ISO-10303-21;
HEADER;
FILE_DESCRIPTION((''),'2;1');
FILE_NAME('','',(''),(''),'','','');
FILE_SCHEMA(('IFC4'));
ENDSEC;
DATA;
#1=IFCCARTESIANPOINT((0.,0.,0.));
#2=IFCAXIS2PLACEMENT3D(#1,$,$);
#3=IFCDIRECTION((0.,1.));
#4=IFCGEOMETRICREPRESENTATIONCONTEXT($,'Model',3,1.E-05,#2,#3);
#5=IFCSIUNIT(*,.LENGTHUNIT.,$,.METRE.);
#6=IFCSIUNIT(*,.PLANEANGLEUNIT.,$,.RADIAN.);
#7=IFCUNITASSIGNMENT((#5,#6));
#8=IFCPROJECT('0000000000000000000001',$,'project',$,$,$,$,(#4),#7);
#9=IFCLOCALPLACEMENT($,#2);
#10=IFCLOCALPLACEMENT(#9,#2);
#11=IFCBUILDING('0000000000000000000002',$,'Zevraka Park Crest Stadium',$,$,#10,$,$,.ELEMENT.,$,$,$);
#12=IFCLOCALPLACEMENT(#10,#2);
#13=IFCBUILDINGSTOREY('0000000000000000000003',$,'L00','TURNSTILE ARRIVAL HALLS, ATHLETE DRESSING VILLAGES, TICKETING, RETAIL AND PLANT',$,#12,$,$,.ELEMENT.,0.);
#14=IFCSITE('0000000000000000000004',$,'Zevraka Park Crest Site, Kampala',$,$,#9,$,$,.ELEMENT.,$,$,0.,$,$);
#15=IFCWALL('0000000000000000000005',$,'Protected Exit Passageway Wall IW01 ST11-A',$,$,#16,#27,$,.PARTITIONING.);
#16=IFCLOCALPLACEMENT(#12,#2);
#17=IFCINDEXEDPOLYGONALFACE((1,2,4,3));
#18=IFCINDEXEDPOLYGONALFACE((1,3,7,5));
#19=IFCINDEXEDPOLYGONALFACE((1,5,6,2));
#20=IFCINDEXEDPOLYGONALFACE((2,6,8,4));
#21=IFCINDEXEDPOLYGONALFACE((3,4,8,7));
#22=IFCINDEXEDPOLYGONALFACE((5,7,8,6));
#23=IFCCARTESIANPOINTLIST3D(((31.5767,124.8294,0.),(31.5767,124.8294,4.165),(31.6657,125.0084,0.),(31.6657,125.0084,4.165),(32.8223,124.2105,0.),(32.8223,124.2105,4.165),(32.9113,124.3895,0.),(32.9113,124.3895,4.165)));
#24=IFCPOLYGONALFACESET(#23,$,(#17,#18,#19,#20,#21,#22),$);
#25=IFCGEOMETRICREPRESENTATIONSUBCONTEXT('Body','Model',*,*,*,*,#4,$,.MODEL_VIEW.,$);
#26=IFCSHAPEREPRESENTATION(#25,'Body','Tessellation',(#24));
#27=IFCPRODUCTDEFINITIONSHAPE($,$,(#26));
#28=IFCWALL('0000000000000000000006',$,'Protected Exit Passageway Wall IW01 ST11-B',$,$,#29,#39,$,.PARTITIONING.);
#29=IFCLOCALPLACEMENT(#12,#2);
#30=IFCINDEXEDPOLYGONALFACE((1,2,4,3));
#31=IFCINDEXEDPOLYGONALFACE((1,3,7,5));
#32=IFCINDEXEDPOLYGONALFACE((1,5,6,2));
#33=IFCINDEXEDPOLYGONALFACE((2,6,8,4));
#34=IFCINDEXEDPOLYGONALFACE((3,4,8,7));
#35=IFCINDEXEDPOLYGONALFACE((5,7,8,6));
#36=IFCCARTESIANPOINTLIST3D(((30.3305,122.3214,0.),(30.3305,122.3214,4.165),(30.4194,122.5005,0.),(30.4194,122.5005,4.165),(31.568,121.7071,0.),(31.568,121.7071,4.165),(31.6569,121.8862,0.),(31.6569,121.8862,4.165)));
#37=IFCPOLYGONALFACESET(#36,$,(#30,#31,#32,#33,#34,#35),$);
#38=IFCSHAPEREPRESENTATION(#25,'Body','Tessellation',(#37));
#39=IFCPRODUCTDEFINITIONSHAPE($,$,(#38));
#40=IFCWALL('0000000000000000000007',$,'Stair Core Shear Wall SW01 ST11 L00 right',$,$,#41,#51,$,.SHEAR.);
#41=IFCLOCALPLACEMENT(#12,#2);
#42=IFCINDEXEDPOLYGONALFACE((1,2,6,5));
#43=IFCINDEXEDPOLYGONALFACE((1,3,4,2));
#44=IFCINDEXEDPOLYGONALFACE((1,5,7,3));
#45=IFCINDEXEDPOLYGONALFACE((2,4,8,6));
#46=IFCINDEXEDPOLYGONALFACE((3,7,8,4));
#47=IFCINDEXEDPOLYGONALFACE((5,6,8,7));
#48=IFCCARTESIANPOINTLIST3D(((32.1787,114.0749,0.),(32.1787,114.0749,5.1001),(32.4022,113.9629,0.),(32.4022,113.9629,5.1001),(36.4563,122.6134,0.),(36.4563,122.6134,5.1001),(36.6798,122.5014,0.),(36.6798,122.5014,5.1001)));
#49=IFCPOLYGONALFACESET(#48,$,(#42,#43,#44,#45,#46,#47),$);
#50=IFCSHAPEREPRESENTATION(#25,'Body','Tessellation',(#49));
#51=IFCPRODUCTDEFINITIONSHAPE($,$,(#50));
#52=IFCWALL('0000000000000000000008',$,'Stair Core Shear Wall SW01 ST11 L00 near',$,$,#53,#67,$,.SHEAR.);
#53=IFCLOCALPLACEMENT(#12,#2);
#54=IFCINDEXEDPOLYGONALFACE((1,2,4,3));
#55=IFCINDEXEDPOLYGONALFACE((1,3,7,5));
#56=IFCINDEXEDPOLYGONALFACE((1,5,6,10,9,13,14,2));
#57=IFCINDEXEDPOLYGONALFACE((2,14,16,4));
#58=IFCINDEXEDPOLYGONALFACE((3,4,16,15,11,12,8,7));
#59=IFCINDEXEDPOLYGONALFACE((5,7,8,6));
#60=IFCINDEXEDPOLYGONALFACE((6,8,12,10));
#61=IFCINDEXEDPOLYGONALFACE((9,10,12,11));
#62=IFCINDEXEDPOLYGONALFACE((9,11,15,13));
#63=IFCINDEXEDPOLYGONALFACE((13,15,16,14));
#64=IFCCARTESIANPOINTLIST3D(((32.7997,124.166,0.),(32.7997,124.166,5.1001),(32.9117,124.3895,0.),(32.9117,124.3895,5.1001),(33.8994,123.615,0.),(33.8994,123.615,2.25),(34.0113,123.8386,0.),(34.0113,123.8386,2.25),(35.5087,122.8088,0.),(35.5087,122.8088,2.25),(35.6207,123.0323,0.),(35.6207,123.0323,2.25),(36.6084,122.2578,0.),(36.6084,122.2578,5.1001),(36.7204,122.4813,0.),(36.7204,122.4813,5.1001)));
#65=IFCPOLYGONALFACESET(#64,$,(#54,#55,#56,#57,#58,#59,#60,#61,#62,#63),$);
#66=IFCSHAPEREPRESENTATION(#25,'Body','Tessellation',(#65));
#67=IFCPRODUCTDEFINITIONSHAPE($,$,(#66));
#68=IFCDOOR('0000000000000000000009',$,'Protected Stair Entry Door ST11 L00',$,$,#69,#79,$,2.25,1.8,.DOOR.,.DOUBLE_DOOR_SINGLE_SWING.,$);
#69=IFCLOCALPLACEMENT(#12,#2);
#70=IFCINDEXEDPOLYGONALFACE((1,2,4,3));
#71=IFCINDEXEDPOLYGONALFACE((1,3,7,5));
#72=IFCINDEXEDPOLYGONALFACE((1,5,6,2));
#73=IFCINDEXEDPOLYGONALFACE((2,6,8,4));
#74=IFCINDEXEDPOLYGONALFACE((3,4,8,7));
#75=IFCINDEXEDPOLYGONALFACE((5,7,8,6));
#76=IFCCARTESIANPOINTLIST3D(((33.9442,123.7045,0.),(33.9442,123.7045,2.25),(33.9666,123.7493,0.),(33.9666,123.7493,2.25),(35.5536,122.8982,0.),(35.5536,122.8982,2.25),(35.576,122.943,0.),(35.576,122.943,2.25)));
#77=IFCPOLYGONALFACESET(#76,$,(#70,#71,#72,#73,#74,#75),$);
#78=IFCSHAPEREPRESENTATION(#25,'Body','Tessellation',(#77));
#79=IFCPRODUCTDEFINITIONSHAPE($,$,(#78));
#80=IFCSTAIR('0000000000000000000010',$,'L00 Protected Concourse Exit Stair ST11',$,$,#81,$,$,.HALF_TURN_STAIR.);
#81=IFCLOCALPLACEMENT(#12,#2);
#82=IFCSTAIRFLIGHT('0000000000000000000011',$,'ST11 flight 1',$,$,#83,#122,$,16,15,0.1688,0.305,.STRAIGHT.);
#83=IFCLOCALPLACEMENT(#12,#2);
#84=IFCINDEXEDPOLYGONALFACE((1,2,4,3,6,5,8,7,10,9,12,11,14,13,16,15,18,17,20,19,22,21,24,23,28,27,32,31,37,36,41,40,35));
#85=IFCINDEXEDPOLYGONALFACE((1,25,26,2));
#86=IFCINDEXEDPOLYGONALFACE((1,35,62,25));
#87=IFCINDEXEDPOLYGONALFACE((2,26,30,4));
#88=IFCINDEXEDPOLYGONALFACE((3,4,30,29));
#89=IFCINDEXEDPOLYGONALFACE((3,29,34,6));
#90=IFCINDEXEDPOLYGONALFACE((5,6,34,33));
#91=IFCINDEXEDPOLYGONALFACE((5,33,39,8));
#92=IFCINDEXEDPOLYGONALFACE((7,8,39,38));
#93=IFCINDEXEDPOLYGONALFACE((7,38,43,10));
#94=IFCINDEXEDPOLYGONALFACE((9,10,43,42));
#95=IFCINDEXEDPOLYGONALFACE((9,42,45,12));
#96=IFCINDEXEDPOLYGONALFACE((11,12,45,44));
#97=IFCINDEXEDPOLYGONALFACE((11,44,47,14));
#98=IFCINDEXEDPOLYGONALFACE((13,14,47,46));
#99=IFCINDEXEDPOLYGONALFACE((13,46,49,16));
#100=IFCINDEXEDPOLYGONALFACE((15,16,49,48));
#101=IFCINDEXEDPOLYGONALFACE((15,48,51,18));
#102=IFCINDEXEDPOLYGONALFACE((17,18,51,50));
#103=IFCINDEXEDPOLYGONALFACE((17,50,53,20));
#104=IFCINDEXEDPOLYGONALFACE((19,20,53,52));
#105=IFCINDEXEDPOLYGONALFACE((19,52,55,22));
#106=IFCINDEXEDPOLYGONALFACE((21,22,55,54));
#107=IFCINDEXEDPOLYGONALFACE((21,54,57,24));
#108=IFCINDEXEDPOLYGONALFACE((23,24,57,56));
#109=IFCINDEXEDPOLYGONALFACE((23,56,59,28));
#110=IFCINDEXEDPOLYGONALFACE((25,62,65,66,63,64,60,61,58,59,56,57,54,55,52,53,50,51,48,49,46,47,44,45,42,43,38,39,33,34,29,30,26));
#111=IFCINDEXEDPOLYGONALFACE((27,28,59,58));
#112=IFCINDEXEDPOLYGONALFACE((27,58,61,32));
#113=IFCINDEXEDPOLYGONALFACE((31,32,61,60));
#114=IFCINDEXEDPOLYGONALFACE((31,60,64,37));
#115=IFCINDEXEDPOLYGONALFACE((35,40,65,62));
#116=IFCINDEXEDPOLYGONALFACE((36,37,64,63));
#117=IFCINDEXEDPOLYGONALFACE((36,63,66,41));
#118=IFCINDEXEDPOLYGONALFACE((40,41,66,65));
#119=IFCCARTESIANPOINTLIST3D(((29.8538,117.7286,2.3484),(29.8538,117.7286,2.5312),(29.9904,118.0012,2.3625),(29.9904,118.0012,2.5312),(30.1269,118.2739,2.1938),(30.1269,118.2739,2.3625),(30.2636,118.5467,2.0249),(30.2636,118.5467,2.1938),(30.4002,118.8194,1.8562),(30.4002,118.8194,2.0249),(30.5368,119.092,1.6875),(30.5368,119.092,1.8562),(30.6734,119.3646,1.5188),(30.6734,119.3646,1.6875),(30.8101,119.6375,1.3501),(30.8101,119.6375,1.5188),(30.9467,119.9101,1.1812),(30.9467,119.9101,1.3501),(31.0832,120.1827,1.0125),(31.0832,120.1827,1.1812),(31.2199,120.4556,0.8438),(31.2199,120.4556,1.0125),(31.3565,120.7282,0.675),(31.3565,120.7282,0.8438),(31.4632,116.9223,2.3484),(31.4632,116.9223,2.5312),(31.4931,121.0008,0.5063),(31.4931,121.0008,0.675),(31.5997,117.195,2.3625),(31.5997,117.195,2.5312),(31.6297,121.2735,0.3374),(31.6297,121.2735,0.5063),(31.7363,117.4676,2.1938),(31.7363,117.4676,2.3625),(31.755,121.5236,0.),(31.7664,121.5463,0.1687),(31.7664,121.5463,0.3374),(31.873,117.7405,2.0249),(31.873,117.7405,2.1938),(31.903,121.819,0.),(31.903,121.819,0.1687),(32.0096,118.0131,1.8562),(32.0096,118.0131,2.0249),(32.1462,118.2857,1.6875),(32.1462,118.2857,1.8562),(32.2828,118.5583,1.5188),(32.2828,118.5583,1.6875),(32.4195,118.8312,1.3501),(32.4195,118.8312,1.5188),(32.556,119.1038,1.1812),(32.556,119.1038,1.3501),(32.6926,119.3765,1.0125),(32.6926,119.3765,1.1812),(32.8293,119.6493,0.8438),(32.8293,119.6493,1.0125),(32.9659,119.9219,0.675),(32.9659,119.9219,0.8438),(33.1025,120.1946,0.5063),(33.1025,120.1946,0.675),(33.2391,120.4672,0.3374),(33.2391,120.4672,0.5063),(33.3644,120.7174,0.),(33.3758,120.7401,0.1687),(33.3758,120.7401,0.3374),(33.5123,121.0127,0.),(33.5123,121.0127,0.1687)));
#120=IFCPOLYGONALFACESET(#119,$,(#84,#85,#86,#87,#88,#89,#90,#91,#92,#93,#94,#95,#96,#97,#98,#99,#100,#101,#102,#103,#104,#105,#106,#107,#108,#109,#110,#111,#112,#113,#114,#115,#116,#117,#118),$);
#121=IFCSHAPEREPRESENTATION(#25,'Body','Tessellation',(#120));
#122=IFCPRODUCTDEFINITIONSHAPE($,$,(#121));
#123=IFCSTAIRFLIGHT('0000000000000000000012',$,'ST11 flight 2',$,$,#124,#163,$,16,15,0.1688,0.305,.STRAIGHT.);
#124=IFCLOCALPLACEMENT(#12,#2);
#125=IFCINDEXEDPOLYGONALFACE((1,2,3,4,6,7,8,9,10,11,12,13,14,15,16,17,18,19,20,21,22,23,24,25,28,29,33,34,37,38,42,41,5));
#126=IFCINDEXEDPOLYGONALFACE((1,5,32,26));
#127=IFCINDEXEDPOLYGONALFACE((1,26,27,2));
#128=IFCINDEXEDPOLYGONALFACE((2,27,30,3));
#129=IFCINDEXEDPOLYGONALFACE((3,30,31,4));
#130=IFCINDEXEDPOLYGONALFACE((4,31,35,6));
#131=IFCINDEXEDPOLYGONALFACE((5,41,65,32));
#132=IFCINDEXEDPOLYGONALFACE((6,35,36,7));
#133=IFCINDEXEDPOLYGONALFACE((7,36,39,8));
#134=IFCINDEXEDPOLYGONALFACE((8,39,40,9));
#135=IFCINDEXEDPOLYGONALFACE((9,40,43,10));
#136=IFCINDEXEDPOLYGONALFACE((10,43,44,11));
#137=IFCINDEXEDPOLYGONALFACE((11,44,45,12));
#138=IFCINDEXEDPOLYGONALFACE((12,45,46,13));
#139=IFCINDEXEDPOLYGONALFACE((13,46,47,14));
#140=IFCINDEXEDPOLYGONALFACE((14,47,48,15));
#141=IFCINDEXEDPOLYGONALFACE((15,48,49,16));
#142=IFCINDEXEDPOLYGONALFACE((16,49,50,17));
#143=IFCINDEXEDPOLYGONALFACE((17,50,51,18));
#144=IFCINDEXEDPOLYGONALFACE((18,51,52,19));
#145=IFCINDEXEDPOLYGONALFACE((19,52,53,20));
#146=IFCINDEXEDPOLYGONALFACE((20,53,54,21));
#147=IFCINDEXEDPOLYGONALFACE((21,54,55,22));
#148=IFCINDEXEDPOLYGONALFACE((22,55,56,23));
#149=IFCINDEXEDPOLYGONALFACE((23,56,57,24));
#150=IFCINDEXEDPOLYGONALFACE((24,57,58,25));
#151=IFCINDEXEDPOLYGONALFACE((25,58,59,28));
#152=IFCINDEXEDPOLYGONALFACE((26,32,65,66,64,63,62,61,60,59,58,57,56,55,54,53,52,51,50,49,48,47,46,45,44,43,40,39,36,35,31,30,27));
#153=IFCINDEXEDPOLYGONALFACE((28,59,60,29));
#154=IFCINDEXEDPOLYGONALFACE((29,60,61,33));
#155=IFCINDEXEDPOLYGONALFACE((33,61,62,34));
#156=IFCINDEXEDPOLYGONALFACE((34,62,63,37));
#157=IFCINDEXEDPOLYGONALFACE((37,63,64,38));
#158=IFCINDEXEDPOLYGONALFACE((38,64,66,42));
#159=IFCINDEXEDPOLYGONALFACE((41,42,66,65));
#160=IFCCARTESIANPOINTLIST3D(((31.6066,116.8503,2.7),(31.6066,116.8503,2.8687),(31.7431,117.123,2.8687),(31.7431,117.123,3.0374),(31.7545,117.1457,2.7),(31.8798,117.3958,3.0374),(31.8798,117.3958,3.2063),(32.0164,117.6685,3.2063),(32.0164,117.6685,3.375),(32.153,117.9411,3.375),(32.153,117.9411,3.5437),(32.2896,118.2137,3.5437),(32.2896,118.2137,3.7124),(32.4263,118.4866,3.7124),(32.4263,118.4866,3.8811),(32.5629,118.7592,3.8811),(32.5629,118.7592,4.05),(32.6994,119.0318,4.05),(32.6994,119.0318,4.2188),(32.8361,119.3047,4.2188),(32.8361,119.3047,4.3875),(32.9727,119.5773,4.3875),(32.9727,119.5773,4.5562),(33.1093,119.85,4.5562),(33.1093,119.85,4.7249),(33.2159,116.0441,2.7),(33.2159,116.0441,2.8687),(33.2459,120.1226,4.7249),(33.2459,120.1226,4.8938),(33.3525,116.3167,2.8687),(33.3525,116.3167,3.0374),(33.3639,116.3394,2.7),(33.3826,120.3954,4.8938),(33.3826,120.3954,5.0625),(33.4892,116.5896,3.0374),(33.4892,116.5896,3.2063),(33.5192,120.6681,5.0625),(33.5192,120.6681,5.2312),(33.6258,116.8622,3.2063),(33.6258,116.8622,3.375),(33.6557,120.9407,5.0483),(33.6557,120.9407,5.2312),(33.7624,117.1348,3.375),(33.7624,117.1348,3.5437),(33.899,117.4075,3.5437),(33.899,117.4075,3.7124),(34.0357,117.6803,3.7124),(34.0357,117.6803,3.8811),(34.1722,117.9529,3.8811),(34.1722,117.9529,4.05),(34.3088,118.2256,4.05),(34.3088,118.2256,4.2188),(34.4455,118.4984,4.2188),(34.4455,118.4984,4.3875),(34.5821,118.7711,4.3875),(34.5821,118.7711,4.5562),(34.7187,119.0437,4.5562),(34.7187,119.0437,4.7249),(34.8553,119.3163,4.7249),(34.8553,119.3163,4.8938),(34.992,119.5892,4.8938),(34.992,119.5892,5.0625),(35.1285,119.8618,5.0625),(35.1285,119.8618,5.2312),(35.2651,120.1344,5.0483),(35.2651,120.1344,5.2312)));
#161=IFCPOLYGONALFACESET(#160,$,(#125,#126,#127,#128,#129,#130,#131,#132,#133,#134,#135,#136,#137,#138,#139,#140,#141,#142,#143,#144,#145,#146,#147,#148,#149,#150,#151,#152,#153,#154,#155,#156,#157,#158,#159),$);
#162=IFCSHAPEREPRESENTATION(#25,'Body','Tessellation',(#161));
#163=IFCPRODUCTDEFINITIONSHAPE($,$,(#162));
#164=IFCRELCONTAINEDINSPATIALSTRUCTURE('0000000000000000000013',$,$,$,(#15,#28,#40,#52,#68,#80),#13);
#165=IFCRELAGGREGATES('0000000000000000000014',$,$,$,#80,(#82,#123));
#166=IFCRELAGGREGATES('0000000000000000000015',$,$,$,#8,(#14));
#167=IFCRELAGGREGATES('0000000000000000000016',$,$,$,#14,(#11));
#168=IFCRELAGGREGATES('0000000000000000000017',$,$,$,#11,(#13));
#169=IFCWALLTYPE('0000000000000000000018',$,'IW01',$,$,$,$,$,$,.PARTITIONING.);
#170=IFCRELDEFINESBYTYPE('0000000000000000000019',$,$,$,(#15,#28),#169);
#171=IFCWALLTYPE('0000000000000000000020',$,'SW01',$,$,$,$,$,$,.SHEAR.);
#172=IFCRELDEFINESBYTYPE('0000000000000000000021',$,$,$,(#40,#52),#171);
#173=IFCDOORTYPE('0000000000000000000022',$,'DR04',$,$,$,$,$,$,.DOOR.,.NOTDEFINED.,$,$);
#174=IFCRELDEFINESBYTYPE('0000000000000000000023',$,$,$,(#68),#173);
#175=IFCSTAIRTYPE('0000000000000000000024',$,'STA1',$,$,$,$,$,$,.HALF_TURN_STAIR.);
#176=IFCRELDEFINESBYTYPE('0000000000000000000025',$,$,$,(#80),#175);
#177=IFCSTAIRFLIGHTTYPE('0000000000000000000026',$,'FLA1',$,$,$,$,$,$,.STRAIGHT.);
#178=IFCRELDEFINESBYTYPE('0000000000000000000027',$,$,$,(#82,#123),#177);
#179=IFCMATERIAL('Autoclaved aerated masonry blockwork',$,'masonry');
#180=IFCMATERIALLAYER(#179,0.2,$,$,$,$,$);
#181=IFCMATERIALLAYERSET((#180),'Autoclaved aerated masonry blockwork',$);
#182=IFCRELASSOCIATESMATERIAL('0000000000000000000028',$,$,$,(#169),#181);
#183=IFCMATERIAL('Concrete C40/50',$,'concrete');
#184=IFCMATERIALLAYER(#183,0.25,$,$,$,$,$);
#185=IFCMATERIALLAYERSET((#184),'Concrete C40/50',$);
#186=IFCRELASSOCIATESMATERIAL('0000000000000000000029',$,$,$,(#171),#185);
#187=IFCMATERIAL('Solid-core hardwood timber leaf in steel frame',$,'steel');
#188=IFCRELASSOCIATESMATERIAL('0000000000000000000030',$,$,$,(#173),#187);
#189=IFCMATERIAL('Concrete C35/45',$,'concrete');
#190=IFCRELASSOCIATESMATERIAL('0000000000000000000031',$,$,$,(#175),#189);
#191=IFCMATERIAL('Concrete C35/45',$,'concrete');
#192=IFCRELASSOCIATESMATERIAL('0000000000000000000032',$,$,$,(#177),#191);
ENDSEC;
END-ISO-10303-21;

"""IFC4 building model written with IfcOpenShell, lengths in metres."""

from ifc_helpers import new_model, si_unit, direction, frame, frame_2d, origin, place, context, subcontext, project, spatial, polyline, rectangle, outline, extrude, material, layer, layer_set, type_object, element, fill, aggregate, save


model = new_model("IFC4")

# Units and contexts
model_context = context("Model", 3, precision=1e-05, world=origin(), true_north=direction((0.0, 1.0)))
body_context = subcontext(model_context, "Body", "Model", "MODEL_VIEW")
ifc_project = project(units=[si_unit("LENGTHUNIT", "METRE"), si_unit("PLANEANGLEUNIT", "RADIAN")], contexts=[model_context])

# Site, building, storey
site_placement = place(None, origin())
site = spatial("IfcSite", under=ifc_project, at=site_placement, Name="Zevraka Park Crest Site, Kampala", CompositionType="ELEMENT", RefElevation=0.0)
building_placement = place(site_placement, origin())
building = spatial("IfcBuilding", under=site, at=building_placement, Name="Zevraka Park Crest Stadium", CompositionType="ELEMENT")
storey_placement = place(building_placement, origin())
storey = spatial("IfcBuildingStorey", under=building, at=storey_placement, Name="L00", Description="TURNSTILE ARRIVAL HALLS, ATHLETE DRESSING VILLAGES, TICKETING, RETAIL AND PLANT", CompositionType="ELEMENT", Elevation=0.0)

# Walls
ifc_material_1 = material(Name="Autoclaved aerated masonry blockwork", Category="masonry")
ifc_layer_1 = layer(ifc_material_1, 0.2)
ifc_layer_set_1 = layer_set([ifc_layer_1], Name="Autoclaved aerated masonry blockwork")
wall_type_1 = type_object("IfcWallType", Name="IW01", PredefinedType="PARTITIONING", material=ifc_layer_set_1)
wall_1_placement = place(storey_placement, frame((32.8667, 124.3, 0.0), z_axis=(0.0, 0.0, 1.0), x_axis=(-0.895548, 0.444965, 0.0)))
element("IfcWall", 1, at=wall_1_placement, inside=storey, type_object=wall_type_1, Name="Protected Exit Passageway Wall IW01 ST11-A", PredefinedType="PARTITIONING", context=body_context, shape_type="SweptSolid", body=[
    extrude(rectangle(XDim=1.3909, YDim=0.2, at=frame_2d((0.6953, 0.0))), origin(), (0.0, 0.0, 1.0), 4.165),
])
wall_2_placement = place(storey_placement, frame((31.6125, 121.7966, 0.0), z_axis=(0.0, 0.0, 1.0), x_axis=(-0.895731, 0.444596, 0.0)))
element("IfcWall", 2, at=wall_2_placement, inside=storey, type_object=wall_type_1, Name="Protected Exit Passageway Wall IW01 ST11-B", PredefinedType="PARTITIONING", context=body_context, shape_type="SweptSolid", body=[
    extrude(rectangle(XDim=1.3816, YDim=0.2, at=frame_2d((0.6909, 0.0))), origin(), (0.0, 0.0, 1.0), 4.165),
])
ifc_material_2 = material(Name="Concrete C40/50", Category="concrete")
ifc_layer_2 = layer(ifc_material_2, 0.25)
ifc_layer_set_2 = layer_set([ifc_layer_2], Name="Concrete C40/50")
wall_type_2 = type_object("IfcWallType", Name="SW01", PredefinedType="SHEAR", material=ifc_layer_set_2)
wall_3_placement = place(storey_placement, frame((32.2905, 114.019, 0.0), z_axis=(0.0, 0.0, 1.0), x_axis=(0.447909, 0.894079, 0.0)))
element("IfcWall", 3, at=wall_3_placement, inside=storey, type_object=wall_type_2, Name="Stair Core Shear Wall SW01 ST11 L00 right", PredefinedType="SHEAR", context=body_context, shape_type="SweptSolid", body=[
    extrude(rectangle(XDim=9.55, YDim=0.25, at=frame_2d((4.7749, 0.0))), origin(), (0.0, 0.0, 1.0), 5.1001),
])

# Wall, opening, door
wall_4_placement = place(storey_placement, frame((36.6643, 122.3696, 0.0), z_axis=(0.0, 0.0, 1.0), x_axis=(-0.894072, 0.447924, 0.0)))
wall_4 = element("IfcWall", 4, at=wall_4_placement, inside=storey, type_object=wall_type_2, Name="Stair Core Shear Wall SW01 ST11 L00 near", PredefinedType="SHEAR", context=body_context, shape_type="SweptSolid", body=[
    extrude(rectangle(XDim=4.26, YDim=0.25, at=frame_2d((2.1299, 0.0))), origin(), (0.0, 0.0, 1.0), 5.1001),
])
opening_placement = place(wall_4_placement, frame((1.23, 0.0, 0.0)))
opening = element("IfcOpeningElement", 5, at=opening_placement, cuts=wall_4, PredefinedType="OPENING", context=body_context, shape_type="SweptSolid", body=[
    extrude(rectangle(XDim=1.8, YDim=2.25, at=frame_2d((0.8999, 1.125))), frame((0.0, 0.135, 0.0), z_axis=(0.0, -1.0, 0.0), x_axis=(1.0, 0.0, 0.0)), (0.0, 0.0, 1.0), 0.27),
])
ifc_material_3 = material(Name="Solid-core hardwood timber leaf in steel frame", Category="steel")
door_type = type_object("IfcDoorType", Name="DR04", OperationType="NOTDEFINED", PredefinedType="DOOR", material=ifc_material_3)
door_placement = place(opening_placement, origin())
door = element("IfcDoor", 6, at=door_placement, inside=storey, type_object=door_type, Name="Protected Stair Entry Door ST11 L00", OperationType="DOUBLE_DOOR_SINGLE_SWING", OverallHeight=2.25, OverallWidth=1.8, PredefinedType="DOOR", context=body_context, shape_type="SweptSolid", body=[
    extrude(rectangle(XDim=1.8, YDim=2.25, at=frame_2d((0.8999, 1.125))), frame((0.0, 0.0249, 0.0), z_axis=(0.0, -1.0, 0.0), x_axis=(1.0, 0.0, 0.0)), (0.0, 0.0, 1.0), 0.05),
])
fill(opening, door)

# Stair, stair flights
ifc_material_4 = material(Name="Concrete C35/45", Category="concrete")
stair_type = type_object("IfcStairType", Name="STA1", PredefinedType="HALF_TURN_STAIR", material=ifc_material_4)
stair_placement = place(storey_placement, origin())
stair = element("IfcStair", 7, at=stair_placement, inside=storey, type_object=stair_type, Name="L00 Protected Concourse Exit Stair ST11", PredefinedType="HALF_TURN_STAIR")
ifc_material_5 = material(Name="Concrete C35/45", Category="concrete")
stair_flight_type = type_object("IfcStairFlightType", Name="FLA1", PredefinedType="STRAIGHT", material=ifc_material_5)
stair_flight_1_placement = place(storey_placement, frame((32.7078, 121.4158, 0.0), z_axis=(0.0, 0.0, 1.0), x_axis=(-0.447915, -0.894076, 0.0)))
stair_flight_1 = element("IfcStairFlight", 8, at=stair_flight_1_placement, type_object=stair_flight_type, Name="ST11 flight 1", NumberOfRisers=16, NumberOfTreads=15, PredefinedType="STRAIGHT", RiserHeight=0.1688, TreadLength=0.305, context=body_context, shape_type="SweptSolid", body=[
    extrude(outline(polyline([(0.0, 0.0), (0.0, 0.1687), (0.3049, 0.1687), (0.3049, 0.3374), (0.6101, 0.3374), (0.6101, 0.5063), (0.915, 0.5063), (0.915, 0.675), (1.22, 0.675), (1.22, 0.8438), (1.5249, 0.8438), (1.5249, 1.0125), (1.8301, 1.0125), (1.8301, 1.1812), (2.135, 1.1812), (2.135, 1.3501), (2.4399, 1.3501), (2.4399, 1.5188), (2.7451, 1.5188), (2.7451, 1.6875), (3.05, 1.6875), (3.05, 1.8562), (3.355, 1.8562), (3.355, 2.0249), (3.6599, 2.0249), (3.6599, 2.1938), (3.9651, 2.1938), (3.9651, 2.3625), (4.27, 2.3625), (4.27, 2.5312), (4.575, 2.5312), (4.575, 2.7), (4.575, 2.3484), (0.3303, 0.0), (0.0, 0.0)])), frame((0.0, 0.8999, 0.0), z_axis=(0.0, -1.0, 0.0), x_axis=(1.0, 0.0, 0.0)), (0.0, 0.0, 1.0), 1.8),
])
stair_flight_2_placement = place(storey_placement, frame((32.4111, 116.4473, 2.7), z_axis=(0.0, 0.0, 1.0), x_axis=(0.447915, 0.894076, 0.0)))
stair_flight_2 = element("IfcStairFlight", 9, at=stair_flight_2_placement, type_object=stair_flight_type, Name="ST11 flight 2", NumberOfRisers=16, NumberOfTreads=15, PredefinedType="STRAIGHT", RiserHeight=0.1688, TreadLength=0.305, context=body_context, shape_type="SweptSolid", body=[
    extrude(outline(polyline([(0.0, 0.0), (0.0, 0.1687), (0.3049, 0.1687), (0.3049, 0.3374), (0.6101, 0.3374), (0.6101, 0.5063), (0.915, 0.5063), (0.915, 0.675), (1.22, 0.675), (1.22, 0.8438), (1.5249, 0.8438), (1.5249, 1.0125), (1.8301, 1.0125), (1.8301, 1.1812), (2.135, 1.1812), (2.135, 1.3501), (2.4399, 1.3501), (2.4399, 1.5188), (2.7451, 1.5188), (2.7451, 1.6875), (3.05, 1.6875), (3.05, 1.8562), (3.355, 1.8562), (3.355, 2.0249), (3.6599, 2.0249), (3.6599, 2.1938), (3.9651, 2.1938), (3.9651, 2.3625), (4.27, 2.3625), (4.27, 2.5312), (4.575, 2.5312), (4.575, 2.7), (4.575, 2.3484), (0.3303, 0.0), (0.0, 0.0)])), frame((0.0, 0.8999, 0.0), z_axis=(0.0, -1.0, 0.0), x_axis=(1.0, 0.0, 0.0)), (0.0, 0.0, 1.0), 1.8),
])
aggregate(stair, [stair_flight_1, stair_flight_2])

save(model, "model.ifc")
